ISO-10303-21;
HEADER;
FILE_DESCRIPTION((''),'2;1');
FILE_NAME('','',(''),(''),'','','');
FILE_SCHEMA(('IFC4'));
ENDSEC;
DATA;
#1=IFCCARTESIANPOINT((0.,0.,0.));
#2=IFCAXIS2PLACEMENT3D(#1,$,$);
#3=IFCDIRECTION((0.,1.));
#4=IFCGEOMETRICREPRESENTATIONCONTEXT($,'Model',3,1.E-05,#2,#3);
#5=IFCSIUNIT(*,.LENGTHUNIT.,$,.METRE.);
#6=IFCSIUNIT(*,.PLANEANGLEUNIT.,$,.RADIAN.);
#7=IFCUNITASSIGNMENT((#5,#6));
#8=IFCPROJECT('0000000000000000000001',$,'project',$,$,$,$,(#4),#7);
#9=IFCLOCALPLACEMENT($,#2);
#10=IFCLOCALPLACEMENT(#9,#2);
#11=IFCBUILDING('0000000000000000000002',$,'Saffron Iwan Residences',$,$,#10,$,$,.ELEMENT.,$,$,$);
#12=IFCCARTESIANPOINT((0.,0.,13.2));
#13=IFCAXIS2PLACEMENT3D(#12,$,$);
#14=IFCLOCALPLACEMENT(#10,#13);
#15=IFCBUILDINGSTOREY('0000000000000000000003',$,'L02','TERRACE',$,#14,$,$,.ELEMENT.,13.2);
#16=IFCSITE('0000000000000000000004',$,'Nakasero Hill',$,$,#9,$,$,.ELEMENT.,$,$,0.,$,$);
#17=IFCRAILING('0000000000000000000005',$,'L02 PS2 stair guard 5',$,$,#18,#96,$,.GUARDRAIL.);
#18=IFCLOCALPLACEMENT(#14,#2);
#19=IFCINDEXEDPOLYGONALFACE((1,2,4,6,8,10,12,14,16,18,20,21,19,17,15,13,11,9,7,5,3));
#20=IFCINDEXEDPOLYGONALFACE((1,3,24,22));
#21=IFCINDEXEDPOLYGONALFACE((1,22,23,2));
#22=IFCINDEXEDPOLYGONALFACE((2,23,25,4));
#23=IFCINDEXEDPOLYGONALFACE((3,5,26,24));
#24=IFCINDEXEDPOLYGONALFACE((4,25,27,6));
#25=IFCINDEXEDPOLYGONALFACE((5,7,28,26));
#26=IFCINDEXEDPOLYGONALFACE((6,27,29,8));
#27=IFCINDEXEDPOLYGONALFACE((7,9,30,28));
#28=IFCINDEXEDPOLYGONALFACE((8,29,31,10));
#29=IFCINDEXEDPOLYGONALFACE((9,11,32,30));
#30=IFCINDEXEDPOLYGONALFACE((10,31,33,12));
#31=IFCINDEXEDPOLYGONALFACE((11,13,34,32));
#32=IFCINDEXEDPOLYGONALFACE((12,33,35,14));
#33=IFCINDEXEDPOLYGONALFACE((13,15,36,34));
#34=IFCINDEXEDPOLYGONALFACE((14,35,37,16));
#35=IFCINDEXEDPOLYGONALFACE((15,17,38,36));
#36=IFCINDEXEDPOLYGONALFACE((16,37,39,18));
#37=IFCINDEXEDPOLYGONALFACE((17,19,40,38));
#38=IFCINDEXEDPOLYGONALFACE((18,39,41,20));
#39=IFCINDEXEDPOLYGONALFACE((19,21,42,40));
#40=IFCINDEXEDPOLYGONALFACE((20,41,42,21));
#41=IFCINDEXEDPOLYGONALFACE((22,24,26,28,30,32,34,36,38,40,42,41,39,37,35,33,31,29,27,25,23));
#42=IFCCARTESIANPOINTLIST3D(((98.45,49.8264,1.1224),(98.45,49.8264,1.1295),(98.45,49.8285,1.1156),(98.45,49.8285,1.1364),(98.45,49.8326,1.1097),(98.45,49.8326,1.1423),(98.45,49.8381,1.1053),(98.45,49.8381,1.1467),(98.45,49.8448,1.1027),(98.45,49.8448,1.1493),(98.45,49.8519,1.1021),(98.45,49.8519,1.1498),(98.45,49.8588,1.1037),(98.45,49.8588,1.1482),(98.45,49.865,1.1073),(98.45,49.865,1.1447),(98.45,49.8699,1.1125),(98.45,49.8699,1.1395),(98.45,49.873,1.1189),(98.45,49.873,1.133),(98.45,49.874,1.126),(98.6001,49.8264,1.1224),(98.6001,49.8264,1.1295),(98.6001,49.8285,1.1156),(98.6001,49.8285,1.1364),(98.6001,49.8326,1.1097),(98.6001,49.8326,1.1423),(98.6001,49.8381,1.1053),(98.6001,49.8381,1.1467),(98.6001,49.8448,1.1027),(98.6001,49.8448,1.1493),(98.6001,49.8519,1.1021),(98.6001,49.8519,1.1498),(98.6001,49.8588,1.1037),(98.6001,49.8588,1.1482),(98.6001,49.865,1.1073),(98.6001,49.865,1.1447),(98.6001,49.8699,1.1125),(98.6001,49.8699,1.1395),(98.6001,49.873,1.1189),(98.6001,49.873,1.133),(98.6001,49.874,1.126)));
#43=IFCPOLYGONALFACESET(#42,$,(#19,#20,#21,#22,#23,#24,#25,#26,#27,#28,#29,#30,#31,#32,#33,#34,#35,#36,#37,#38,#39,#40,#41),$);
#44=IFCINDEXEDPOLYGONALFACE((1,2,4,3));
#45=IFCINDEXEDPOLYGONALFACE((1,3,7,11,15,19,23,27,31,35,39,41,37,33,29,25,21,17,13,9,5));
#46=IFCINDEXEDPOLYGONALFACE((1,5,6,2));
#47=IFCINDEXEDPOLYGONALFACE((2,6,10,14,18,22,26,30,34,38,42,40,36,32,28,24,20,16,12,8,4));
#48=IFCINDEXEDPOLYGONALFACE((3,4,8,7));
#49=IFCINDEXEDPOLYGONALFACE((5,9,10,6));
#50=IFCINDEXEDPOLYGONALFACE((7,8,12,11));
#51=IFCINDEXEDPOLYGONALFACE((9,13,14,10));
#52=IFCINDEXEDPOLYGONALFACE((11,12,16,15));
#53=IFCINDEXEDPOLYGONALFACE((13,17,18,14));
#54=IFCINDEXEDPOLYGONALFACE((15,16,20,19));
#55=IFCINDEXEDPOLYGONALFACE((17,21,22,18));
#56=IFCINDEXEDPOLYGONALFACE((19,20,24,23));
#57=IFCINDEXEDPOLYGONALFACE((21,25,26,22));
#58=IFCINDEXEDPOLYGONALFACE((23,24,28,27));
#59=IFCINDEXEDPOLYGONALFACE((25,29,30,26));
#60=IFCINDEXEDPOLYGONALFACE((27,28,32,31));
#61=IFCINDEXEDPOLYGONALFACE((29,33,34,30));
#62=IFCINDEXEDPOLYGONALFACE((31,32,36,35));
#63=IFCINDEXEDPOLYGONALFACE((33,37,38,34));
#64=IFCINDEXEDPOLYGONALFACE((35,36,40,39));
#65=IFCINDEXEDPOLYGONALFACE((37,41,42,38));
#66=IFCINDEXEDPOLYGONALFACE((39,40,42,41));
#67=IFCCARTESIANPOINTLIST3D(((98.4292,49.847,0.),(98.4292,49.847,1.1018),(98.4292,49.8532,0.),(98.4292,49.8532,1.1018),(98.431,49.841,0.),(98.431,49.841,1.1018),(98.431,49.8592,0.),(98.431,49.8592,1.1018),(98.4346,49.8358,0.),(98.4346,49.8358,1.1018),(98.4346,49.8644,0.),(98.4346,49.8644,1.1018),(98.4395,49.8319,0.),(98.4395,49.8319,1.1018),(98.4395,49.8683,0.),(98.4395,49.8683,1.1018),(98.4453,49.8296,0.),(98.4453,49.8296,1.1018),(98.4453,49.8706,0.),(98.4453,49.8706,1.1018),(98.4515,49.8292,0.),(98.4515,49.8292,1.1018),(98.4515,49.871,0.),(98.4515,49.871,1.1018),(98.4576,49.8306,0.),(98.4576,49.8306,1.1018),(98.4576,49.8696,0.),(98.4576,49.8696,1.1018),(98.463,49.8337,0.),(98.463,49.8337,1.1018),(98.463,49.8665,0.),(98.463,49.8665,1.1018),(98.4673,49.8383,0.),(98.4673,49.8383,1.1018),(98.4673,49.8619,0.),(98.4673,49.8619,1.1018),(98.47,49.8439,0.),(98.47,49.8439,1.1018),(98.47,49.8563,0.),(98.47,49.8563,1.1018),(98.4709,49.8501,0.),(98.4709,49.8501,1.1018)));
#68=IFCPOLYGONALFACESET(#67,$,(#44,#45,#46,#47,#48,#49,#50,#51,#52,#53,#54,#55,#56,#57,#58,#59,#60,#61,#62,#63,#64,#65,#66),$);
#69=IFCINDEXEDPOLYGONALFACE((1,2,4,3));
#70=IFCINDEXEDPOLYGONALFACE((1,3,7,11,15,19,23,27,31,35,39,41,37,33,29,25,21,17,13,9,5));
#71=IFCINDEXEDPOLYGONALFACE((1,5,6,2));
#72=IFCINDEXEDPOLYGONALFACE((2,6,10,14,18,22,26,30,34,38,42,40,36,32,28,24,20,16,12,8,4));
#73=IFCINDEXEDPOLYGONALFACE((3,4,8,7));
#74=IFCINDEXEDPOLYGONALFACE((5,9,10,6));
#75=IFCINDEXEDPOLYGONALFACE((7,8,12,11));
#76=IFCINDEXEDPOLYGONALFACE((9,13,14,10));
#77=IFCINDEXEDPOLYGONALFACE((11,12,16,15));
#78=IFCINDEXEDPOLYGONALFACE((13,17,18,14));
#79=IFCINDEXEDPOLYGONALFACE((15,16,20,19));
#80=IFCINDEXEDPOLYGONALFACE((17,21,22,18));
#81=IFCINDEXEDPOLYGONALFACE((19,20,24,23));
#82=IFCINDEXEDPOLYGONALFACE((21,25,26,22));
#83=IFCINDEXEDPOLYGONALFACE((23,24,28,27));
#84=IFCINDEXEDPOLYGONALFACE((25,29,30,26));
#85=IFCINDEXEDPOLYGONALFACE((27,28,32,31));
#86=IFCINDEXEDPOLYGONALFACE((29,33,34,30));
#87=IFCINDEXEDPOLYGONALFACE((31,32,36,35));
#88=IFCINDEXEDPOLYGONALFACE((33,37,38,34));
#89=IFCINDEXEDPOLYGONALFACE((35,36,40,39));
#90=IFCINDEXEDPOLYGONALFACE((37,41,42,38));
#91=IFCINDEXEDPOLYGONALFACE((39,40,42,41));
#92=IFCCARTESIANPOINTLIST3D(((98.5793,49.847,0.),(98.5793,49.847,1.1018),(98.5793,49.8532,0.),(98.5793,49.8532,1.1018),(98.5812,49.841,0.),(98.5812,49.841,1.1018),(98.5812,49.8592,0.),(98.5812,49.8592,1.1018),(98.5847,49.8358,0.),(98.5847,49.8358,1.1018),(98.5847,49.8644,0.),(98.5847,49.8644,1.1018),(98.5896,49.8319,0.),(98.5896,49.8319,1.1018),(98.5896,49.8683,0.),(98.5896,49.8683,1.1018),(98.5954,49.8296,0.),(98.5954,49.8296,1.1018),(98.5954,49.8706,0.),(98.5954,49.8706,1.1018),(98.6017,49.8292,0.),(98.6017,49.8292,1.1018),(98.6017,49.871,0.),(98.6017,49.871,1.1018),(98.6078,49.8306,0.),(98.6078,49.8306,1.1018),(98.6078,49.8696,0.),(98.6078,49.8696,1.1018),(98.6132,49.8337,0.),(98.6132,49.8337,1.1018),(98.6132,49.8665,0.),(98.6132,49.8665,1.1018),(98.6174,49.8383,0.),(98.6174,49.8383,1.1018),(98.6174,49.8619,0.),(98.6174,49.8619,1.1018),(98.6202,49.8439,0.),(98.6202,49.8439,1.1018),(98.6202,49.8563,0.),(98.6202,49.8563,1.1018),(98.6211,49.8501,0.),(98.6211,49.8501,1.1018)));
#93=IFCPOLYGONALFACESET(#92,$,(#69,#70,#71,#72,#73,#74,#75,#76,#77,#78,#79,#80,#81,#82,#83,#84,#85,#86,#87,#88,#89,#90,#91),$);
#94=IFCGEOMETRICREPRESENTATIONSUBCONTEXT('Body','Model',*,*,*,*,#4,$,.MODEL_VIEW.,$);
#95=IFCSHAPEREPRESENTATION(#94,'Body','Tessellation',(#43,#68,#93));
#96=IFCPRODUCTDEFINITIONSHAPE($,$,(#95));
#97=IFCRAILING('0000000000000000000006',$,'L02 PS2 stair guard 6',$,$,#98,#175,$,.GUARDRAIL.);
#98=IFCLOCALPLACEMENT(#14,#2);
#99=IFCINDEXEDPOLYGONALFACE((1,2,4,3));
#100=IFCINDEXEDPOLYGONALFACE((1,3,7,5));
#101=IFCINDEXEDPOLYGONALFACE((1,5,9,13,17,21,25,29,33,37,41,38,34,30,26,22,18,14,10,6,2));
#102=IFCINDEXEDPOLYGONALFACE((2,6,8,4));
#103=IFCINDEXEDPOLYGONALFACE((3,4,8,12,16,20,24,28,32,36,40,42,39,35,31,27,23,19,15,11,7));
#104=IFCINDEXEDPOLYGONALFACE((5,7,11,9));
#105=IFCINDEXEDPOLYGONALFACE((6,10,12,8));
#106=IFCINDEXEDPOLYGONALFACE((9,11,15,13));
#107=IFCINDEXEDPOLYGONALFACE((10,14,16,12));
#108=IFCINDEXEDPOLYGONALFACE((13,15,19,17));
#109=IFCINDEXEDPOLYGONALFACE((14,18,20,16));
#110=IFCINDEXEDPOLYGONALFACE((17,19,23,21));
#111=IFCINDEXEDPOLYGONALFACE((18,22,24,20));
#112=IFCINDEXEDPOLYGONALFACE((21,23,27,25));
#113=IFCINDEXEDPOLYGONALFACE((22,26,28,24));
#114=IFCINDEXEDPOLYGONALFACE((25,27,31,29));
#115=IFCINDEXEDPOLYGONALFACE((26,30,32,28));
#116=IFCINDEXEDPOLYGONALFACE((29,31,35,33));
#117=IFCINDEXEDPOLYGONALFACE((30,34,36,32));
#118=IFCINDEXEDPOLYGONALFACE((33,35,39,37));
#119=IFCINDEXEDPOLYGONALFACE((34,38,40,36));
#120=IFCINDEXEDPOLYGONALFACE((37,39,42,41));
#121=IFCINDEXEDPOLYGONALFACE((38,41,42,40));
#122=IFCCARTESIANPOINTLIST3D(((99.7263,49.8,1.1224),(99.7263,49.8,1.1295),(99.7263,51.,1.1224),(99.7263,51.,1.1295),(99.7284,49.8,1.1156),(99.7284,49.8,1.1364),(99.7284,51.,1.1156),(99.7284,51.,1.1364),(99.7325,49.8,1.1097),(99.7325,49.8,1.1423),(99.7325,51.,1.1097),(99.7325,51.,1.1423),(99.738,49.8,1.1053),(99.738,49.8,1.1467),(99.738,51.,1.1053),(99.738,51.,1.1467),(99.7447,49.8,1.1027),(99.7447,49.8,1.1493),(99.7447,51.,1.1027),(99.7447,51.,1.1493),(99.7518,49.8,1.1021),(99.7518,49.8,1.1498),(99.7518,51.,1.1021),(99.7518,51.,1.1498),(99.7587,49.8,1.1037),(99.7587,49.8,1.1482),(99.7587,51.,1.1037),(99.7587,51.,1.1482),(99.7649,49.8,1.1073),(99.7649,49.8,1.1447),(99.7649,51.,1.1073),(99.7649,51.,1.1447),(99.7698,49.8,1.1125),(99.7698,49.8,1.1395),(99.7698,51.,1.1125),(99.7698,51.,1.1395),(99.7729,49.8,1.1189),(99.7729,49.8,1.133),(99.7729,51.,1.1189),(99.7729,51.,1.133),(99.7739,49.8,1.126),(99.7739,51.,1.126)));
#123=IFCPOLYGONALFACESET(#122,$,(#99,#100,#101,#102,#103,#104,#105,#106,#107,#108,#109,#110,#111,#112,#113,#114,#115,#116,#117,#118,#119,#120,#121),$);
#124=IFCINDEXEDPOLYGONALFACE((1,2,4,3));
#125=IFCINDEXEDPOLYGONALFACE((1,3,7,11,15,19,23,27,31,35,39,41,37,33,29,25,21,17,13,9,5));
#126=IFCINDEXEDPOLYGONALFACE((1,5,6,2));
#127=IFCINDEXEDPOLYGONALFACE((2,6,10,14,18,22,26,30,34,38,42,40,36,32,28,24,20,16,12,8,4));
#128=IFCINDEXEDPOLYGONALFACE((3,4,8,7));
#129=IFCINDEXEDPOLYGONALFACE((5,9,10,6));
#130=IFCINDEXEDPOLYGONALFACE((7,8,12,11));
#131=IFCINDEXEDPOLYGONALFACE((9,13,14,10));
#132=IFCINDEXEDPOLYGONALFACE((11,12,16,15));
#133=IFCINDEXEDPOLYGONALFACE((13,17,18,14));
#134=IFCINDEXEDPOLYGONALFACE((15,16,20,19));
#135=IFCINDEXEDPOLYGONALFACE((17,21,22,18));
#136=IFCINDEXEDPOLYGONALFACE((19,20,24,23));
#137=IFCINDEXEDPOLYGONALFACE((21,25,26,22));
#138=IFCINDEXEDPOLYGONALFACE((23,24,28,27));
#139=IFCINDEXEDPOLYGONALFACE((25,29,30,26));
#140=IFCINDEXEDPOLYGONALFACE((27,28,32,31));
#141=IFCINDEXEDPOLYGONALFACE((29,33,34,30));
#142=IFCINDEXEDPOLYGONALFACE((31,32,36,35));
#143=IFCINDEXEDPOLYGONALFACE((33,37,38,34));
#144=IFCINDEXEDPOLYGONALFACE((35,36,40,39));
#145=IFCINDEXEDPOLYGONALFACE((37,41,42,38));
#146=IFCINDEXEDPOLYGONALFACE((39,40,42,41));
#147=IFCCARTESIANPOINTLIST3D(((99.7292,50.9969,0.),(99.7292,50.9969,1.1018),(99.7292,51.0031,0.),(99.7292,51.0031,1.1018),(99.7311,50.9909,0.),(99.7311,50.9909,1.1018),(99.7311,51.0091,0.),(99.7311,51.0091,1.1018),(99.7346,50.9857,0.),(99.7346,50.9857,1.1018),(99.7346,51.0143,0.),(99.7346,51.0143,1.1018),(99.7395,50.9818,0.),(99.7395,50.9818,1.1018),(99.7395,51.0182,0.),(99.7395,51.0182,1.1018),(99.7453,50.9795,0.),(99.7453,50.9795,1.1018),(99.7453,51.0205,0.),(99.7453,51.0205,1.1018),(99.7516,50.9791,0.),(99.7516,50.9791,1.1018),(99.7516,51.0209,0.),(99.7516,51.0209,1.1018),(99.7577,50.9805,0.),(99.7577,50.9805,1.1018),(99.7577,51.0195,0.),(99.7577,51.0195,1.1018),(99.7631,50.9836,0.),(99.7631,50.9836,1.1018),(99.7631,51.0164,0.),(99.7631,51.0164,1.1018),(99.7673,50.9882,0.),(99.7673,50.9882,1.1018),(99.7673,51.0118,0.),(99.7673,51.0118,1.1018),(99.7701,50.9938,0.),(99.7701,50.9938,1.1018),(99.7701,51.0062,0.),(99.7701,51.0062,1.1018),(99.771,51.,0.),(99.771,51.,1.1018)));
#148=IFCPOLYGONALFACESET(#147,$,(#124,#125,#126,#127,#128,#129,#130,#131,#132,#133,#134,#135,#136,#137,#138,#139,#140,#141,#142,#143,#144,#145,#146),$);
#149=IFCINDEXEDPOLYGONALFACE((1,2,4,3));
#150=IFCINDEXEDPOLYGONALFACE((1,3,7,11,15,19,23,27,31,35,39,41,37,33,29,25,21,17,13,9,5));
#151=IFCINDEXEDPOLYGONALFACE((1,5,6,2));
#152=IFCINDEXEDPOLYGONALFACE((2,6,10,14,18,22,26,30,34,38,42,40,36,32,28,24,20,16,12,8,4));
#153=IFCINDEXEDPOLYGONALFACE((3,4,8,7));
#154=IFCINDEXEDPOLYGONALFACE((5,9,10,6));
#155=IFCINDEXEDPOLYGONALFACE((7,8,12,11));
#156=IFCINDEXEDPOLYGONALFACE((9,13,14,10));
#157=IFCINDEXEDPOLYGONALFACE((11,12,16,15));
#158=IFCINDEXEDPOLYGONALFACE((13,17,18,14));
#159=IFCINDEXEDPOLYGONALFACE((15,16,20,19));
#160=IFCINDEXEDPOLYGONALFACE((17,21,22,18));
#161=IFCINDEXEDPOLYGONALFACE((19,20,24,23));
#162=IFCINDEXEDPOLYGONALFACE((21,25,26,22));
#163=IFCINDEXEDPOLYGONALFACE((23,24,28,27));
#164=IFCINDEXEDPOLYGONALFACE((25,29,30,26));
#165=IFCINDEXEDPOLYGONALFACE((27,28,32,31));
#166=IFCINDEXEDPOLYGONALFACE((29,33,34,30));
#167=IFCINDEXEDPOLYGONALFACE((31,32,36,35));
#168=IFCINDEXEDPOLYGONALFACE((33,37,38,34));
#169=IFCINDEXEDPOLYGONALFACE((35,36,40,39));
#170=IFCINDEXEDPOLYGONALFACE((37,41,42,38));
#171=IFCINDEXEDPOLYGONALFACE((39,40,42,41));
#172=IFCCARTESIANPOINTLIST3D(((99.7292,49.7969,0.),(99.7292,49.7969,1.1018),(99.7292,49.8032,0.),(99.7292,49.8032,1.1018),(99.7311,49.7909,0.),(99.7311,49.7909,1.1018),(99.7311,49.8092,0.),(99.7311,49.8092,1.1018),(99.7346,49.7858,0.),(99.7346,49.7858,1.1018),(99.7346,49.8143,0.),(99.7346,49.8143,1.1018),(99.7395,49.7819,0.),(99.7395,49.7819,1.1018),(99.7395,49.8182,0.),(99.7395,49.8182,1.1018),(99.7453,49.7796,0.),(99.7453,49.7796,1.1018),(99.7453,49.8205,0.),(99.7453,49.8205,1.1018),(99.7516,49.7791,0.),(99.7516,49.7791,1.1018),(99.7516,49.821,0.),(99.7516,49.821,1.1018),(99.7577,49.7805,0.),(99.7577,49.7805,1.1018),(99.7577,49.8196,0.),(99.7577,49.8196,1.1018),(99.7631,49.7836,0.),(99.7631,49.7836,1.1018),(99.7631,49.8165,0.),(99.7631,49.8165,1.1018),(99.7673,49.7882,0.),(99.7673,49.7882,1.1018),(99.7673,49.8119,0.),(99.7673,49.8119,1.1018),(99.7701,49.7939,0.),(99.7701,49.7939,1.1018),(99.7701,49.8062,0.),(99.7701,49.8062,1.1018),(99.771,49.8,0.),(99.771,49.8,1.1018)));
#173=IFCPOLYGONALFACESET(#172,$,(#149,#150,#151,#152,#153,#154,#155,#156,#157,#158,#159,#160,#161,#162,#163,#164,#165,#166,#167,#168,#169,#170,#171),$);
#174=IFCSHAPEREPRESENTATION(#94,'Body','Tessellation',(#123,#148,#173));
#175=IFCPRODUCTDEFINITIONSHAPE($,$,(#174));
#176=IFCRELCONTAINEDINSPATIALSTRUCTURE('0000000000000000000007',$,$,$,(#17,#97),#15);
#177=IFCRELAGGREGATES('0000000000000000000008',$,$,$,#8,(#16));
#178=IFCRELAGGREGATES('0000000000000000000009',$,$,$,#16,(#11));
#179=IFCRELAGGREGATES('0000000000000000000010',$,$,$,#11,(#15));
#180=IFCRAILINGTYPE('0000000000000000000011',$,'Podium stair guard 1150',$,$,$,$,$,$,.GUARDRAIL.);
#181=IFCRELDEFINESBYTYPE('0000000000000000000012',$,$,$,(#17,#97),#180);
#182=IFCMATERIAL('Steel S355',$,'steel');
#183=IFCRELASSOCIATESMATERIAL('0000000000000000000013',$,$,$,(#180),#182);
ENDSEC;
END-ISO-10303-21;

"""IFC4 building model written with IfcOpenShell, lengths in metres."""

from ifc_helpers import new_model, si_unit, direction, frame, origin, origin_2d, place, context, subcontext, project, spatial, circle, extrude, material, type_object, element, save


model = new_model("IFC4")

# Units and contexts
model_context = context("Model", 3, precision=1e-05, world=origin(), true_north=direction((0.0, 1.0)))
body_context = subcontext(model_context, "Body", "Model", "MODEL_VIEW")
ifc_project = project(units=[si_unit("LENGTHUNIT", "METRE"), si_unit("PLANEANGLEUNIT", "RADIAN")], contexts=[model_context])

# Site, building, storey
site_placement = place(None, origin())
site = spatial("IfcSite", under=ifc_project, at=site_placement, Name="Nakasero Hill", CompositionType="ELEMENT", RefElevation=0.0)
building_placement = place(site_placement, origin())
building = spatial("IfcBuilding", under=site, at=building_placement, Name="Saffron Iwan Residences", CompositionType="ELEMENT")
storey_placement = place(building_placement, frame((0.0, 0.0, 13.2)))
storey = spatial("IfcBuildingStorey", under=building, at=storey_placement, Name="L02", Description="TERRACE", CompositionType="ELEMENT", Elevation=13.2)

# Railings
ifc_material_1 = material(Name="Steel S355", Category="steel")
railing_type_1 = type_object("IfcRailingType", Name="Podium stair guard 1150", PredefinedType="GUARDRAIL", material=ifc_material_1)
railing_1_placement = place(storey_placement, frame((98.45, 49.8501, 0.0)))
element("IfcRailing", 1, at=railing_1_placement, inside=storey, type_object=railing_type_1, Name="L02 PS2 stair guard 5", PredefinedType="GUARDRAIL", context=body_context, shape_type="SweptSolid", body=[
    extrude(circle(Radius=0.0239, at=origin_2d()), frame((0.0, 0.0, 1.126), z_axis=(1.0, 0.0, 0.0), x_axis=(0.0, 1.0, 0.0)), (0.0, 0.0, 1.0), 0.1501),
    extrude(circle(Radius=0.021, at=origin_2d()), origin(), (0.0, 0.0, 1.0), 1.1018),
    extrude(circle(Radius=0.021, at=origin_2d()), frame((0.1501, 0.0, 0.0)), (0.0, 0.0, 1.0), 1.1018),
])
railing_2_placement = place(storey_placement, frame((99.75, 51.0, 0.0)))
element("IfcRailing", 2, at=railing_2_placement, inside=storey, type_object=railing_type_1, Name="L02 PS2 stair guard 6", PredefinedType="GUARDRAIL", context=body_context, shape_type="SweptSolid", body=[
    extrude(circle(Radius=0.0239, at=origin_2d()), frame((0.0, 0.0, 1.126), z_axis=(0.0, -1.0, 0.0), x_axis=(1.0, 0.0, 0.0)), (0.0, 0.0, 1.0), 1.2),
    extrude(circle(Radius=0.021, at=origin_2d()), origin(), (0.0, 0.0, 1.0), 1.1018),
    extrude(circle(Radius=0.021, at=origin_2d()), frame((0.0, -1.2, 0.0)), (0.0, 0.0, 1.0), 1.1018),
])

save(model, "model.ifc")
